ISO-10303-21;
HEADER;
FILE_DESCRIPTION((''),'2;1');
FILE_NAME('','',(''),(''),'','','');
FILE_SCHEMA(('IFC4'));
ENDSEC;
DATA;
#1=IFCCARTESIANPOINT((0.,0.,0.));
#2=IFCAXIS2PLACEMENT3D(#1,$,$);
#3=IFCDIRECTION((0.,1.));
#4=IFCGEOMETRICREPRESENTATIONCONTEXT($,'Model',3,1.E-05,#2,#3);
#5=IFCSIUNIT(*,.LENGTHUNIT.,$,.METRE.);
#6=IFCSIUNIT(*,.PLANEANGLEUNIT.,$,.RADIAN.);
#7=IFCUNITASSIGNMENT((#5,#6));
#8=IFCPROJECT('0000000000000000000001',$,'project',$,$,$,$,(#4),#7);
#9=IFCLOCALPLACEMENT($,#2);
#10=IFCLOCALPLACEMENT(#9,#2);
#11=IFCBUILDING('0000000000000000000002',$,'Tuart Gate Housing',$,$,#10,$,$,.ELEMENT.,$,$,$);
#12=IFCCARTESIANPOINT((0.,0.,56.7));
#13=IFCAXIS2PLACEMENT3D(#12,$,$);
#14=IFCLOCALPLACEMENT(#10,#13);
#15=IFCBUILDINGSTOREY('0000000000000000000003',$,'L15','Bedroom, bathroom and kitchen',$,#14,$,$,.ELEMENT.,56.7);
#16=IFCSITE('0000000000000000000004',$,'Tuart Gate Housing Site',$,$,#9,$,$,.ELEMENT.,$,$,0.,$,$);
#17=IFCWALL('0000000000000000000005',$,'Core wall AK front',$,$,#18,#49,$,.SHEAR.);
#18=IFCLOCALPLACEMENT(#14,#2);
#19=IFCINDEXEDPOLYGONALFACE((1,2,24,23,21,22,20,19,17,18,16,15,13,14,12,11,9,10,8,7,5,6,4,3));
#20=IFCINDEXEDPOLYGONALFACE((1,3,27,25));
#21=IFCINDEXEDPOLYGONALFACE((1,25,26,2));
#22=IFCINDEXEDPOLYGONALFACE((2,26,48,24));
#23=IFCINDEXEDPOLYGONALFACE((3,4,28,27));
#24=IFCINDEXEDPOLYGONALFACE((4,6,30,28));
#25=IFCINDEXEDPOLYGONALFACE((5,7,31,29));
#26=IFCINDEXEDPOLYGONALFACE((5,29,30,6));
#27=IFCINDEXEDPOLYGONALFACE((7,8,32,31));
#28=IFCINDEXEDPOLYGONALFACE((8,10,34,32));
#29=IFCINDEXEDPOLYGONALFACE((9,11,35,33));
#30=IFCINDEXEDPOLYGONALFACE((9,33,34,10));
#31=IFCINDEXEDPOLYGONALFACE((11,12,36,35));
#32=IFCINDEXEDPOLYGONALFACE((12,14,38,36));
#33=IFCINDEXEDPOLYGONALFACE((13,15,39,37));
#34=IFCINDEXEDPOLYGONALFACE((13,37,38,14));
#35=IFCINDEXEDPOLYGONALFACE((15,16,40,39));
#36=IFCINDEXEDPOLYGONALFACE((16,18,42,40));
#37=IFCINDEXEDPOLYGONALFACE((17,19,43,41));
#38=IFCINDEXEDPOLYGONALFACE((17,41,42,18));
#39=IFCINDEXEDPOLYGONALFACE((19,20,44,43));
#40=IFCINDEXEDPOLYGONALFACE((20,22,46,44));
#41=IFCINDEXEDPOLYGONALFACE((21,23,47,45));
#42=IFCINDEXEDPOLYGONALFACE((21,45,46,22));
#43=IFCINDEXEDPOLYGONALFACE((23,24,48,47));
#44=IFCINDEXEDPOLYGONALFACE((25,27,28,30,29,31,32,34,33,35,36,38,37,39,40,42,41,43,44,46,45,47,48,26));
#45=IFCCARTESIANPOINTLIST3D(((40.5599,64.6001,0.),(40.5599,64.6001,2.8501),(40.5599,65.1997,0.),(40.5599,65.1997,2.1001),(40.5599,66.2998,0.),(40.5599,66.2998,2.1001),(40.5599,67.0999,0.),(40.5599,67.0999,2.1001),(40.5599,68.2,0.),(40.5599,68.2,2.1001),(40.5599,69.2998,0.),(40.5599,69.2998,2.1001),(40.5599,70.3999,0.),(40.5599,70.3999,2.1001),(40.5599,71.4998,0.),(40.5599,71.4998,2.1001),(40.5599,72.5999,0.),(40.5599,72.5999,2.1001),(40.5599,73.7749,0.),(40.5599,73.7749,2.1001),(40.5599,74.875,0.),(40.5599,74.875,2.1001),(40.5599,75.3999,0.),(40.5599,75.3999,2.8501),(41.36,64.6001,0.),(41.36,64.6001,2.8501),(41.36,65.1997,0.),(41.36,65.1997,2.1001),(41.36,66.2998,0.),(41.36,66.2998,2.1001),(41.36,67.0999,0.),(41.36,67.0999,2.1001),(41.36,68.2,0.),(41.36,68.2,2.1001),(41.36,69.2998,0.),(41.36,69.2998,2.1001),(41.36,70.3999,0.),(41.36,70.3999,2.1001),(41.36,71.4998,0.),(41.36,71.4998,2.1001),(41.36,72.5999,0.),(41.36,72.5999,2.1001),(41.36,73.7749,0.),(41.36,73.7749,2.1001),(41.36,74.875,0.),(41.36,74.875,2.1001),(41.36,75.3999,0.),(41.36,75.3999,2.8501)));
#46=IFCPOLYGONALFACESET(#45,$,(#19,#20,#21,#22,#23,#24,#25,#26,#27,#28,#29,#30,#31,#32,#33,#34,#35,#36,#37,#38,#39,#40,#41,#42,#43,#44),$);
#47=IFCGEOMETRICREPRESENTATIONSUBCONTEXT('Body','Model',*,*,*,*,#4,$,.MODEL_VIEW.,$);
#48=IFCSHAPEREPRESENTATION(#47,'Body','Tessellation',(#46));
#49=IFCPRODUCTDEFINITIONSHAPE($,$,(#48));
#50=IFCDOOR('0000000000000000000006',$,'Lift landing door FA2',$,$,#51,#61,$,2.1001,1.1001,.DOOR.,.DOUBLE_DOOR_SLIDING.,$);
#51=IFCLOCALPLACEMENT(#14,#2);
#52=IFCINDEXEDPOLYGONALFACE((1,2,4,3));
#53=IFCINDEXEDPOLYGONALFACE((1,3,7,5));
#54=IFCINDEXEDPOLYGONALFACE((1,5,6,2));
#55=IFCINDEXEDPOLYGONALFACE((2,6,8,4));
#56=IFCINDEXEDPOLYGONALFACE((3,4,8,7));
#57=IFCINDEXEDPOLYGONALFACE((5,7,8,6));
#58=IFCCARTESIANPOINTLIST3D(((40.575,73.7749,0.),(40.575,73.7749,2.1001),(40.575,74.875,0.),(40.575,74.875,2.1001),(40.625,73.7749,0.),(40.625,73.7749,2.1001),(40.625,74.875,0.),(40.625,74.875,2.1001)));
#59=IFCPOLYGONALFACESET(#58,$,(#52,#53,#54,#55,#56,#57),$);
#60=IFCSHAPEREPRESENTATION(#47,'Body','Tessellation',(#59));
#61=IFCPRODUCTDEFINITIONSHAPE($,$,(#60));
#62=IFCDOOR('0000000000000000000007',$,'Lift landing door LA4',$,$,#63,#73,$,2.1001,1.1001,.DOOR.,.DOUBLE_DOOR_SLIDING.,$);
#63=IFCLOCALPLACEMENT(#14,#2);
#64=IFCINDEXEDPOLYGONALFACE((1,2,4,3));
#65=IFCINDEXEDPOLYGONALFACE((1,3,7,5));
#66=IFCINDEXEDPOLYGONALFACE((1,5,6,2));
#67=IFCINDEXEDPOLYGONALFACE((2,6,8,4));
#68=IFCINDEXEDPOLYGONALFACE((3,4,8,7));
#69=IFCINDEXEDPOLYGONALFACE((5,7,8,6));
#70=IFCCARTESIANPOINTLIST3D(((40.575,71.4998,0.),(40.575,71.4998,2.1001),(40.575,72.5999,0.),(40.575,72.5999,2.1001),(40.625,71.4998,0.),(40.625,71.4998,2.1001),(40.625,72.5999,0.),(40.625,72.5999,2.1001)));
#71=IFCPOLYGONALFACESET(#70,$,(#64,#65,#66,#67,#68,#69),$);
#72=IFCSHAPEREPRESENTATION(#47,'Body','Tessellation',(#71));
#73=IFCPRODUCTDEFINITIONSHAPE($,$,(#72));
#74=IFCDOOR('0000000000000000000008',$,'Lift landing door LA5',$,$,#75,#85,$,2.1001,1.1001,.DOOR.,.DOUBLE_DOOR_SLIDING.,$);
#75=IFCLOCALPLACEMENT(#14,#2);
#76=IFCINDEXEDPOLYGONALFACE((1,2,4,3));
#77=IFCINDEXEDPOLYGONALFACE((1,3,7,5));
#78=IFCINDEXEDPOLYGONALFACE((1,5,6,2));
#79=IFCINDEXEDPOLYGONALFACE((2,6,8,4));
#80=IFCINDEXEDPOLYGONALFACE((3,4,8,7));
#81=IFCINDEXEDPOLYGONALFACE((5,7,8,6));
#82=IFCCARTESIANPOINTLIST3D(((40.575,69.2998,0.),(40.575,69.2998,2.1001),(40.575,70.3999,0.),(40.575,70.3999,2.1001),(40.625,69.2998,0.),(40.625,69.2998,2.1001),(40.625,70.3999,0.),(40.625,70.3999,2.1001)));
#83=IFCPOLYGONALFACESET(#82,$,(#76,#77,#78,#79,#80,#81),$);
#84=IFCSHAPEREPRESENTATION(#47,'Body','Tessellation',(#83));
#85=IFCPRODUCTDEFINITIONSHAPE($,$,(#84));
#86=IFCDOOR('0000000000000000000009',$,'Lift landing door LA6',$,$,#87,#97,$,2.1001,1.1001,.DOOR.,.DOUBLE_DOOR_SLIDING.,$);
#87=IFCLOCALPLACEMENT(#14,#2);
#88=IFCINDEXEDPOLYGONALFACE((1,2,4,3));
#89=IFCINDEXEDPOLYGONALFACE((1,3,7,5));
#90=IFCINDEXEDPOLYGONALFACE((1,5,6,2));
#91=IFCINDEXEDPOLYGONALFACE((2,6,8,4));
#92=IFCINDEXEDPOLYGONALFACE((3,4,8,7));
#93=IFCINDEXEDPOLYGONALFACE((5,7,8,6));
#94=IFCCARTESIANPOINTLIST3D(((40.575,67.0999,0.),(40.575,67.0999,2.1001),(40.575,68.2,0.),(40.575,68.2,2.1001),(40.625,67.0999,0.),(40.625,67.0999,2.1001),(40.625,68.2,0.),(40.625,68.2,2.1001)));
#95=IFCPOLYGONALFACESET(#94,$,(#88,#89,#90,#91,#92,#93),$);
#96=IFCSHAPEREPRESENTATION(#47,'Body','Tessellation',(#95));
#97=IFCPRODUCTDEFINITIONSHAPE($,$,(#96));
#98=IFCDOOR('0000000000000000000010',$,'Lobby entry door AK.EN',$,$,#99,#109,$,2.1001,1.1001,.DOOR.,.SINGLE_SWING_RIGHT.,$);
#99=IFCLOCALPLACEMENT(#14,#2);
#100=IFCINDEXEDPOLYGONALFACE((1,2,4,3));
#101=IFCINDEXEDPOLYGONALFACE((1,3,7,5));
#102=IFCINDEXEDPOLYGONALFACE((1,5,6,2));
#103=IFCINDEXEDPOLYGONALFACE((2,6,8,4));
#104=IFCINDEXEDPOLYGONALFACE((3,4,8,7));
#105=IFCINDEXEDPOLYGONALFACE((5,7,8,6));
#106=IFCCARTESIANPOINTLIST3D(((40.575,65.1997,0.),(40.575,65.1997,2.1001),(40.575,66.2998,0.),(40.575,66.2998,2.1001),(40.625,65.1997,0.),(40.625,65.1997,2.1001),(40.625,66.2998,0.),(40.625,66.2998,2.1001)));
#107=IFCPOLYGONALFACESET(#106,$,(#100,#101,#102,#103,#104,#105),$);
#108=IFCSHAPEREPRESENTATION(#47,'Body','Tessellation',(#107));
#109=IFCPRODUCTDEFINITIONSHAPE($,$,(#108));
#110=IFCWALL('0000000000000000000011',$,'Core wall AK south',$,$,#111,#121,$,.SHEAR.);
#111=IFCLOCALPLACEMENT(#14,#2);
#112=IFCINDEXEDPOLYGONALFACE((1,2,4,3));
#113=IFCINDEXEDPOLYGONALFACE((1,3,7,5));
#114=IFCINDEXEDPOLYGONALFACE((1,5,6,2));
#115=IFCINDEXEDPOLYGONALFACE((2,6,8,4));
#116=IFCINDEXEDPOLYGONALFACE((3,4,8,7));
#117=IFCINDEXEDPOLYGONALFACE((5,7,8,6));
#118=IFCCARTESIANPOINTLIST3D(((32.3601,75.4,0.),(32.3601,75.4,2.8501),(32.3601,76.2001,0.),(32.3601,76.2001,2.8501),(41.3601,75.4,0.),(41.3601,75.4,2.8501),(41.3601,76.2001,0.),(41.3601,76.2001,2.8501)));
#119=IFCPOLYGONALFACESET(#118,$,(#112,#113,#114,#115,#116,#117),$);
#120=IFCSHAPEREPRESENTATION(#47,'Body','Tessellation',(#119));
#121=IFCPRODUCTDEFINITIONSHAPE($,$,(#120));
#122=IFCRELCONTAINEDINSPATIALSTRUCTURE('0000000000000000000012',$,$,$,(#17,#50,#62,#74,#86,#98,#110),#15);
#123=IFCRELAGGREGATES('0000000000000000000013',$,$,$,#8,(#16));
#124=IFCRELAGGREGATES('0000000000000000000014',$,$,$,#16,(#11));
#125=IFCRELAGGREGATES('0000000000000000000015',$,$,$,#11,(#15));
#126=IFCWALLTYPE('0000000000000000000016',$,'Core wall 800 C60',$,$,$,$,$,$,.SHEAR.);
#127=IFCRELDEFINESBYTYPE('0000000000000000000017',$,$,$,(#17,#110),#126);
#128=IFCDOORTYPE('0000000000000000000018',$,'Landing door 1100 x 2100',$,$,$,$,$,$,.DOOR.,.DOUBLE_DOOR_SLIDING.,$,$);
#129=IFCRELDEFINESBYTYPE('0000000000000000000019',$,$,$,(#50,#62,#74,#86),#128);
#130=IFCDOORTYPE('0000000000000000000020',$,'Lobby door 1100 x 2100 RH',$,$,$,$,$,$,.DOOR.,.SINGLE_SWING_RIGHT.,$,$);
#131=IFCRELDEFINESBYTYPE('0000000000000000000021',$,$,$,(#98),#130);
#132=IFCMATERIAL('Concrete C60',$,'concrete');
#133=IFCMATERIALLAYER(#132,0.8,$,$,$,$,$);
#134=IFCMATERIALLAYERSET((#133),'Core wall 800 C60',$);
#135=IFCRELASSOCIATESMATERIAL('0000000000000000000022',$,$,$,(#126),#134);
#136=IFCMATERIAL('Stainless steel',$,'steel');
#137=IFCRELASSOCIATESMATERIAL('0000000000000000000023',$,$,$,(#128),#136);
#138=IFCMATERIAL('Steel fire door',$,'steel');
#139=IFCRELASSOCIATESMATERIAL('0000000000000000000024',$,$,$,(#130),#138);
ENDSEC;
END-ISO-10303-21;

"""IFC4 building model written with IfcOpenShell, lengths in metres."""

from ifc_helpers import new_model, si_unit, direction, frame, frame_2d, origin, place, context, subcontext, project, spatial, rectangle, extrude, material, layer, layer_set, type_object, element, fill, save


model = new_model("IFC4")

# Units and contexts
model_context = context("Model", 3, precision=1e-05, world=origin(), true_north=direction((0.0, 1.0)))
body_context = subcontext(model_context, "Body", "Model", "MODEL_VIEW")
ifc_project = project(units=[si_unit("LENGTHUNIT", "METRE"), si_unit("PLANEANGLEUNIT", "RADIAN")], contexts=[model_context])

# Site, building, storey
site_placement = place(None, origin())
site = spatial("IfcSite", under=ifc_project, at=site_placement, Name="Tuart Gate Housing Site", CompositionType="ELEMENT", RefElevation=0.0)
building_placement = place(site_placement, origin())
building = spatial("IfcBuilding", under=site, at=building_placement, Name="Tuart Gate Housing", CompositionType="ELEMENT")
storey_placement = place(building_placement, frame((0.0, 0.0, 56.7)))
storey = spatial("IfcBuildingStorey", under=building, at=storey_placement, Name="L15", Description="Bedroom, bathroom and kitchen", CompositionType="ELEMENT", Elevation=56.7)

# Wall, openings, doors
ifc_material_1 = material(Name="Concrete C60", Category="concrete")
ifc_layer_1 = layer(ifc_material_1, 0.8)
ifc_layer_set_1 = layer_set([ifc_layer_1], Name="Core wall 800 C60")
wall_type_1 = type_object("IfcWallType", Name="Core wall 800 C60", PredefinedType="SHEAR", material=ifc_layer_set_1)
wall_1_placement = place(storey_placement, frame((40.96, 75.3999, 0.0), z_axis=(0.0, 0.0, 1.0), x_axis=(0.0, -1.0, 0.0)))
wall_1 = element("IfcWall", 1, at=wall_1_placement, inside=storey, type_object=wall_type_1, Name="Core wall AK front", PredefinedType="SHEAR", context=body_context, shape_type="SweptSolid", body=[
    extrude(rectangle(XDim=10.7998, YDim=0.8, at=frame_2d((5.3999, 0.0))), origin(), (0.0, 0.0, 1.0), 2.8501),
])
opening_1_placement = place(wall_1_placement, frame((0.5249, 0.0, 0.0)))
opening_1 = element("IfcOpeningElement", 2, at=opening_1_placement, cuts=wall_1, PredefinedType="OPENING", context=body_context, shape_type="SweptSolid", body=[
    extrude(rectangle(XDim=1.1001, YDim=2.1001, at=frame_2d((0.55, 1.05))), frame((0.0, 0.4099, 0.0), z_axis=(0.0, -1.0, 0.0), x_axis=(1.0, 0.0, 0.0)), (0.0, 0.0, 1.0), 0.8201),
])
opening_2_placement = place(wall_1_placement, frame((2.8, 0.0, 0.0)))
opening_2 = element("IfcOpeningElement", 3, at=opening_2_placement, cuts=wall_1, PredefinedType="OPENING", context=body_context, shape_type="SweptSolid", body=[
    extrude(rectangle(XDim=1.1001, YDim=2.1001, at=frame_2d((0.55, 1.05))), frame((0.0, 0.4099, 0.0), z_axis=(0.0, -1.0, 0.0), x_axis=(1.0, 0.0, 0.0)), (0.0, 0.0, 1.0), 0.8201),
])
opening_3_placement = place(wall_1_placement, frame((5.0, 0.0, 0.0)))
opening_3 = element("IfcOpeningElement", 4, at=opening_3_placement, cuts=wall_1, PredefinedType="OPENING", context=body_context, shape_type="SweptSolid", body=[
    extrude(rectangle(XDim=1.1001, YDim=2.1001, at=frame_2d((0.55, 1.05))), frame((0.0, 0.4099, 0.0), z_axis=(0.0, -1.0, 0.0), x_axis=(1.0, 0.0, 0.0)), (0.0, 0.0, 1.0), 0.8201),
])
opening_4_placement = place(wall_1_placement, frame((7.2, 0.0, 0.0)))
opening_4 = element("IfcOpeningElement", 5, at=opening_4_placement, cuts=wall_1, PredefinedType="OPENING", context=body_context, shape_type="SweptSolid", body=[
    extrude(rectangle(XDim=1.1001, YDim=2.1001, at=frame_2d((0.55, 1.05))), frame((0.0, 0.4099, 0.0), z_axis=(0.0, -1.0, 0.0), x_axis=(1.0, 0.0, 0.0)), (0.0, 0.0, 1.0), 0.8201),
])
opening_5_placement = place(wall_1_placement, frame((9.1001, 0.0, 0.0)))
opening_5 = element("IfcOpeningElement", 6, at=opening_5_placement, cuts=wall_1, PredefinedType="OPENING", context=body_context, shape_type="SweptSolid", body=[
    extrude(rectangle(XDim=1.1001, YDim=2.1001, at=frame_2d((0.55, 1.05))), frame((0.0, 0.4099, 0.0), z_axis=(0.0, -1.0, 0.0), x_axis=(1.0, 0.0, 0.0)), (0.0, 0.0, 1.0), 0.8201),
])
ifc_material_2 = material(Name="Stainless steel", Category="steel")
door_type_1 = type_object("IfcDoorType", Name="Landing door 1100 x 2100", OperationType="DOUBLE_DOOR_SLIDING", PredefinedType="DOOR", material=ifc_material_2)
door_1_placement = place(opening_1_placement, origin())
door_1 = element("IfcDoor", 7, at=door_1_placement, inside=storey, type_object=door_type_1, Name="Lift landing door FA2", OperationType="DOUBLE_DOOR_SLIDING", OverallHeight=2.1001, OverallWidth=1.1001, PredefinedType="DOOR", context=body_context, shape_type="SweptSolid", body=[
    extrude(rectangle(XDim=1.1001, YDim=2.1001, at=frame_2d((0.55, 1.05))), frame((0.0, -0.335, 0.0), z_axis=(0.0, -1.0, 0.0), x_axis=(1.0, 0.0, 0.0)), (0.0, 0.0, 1.0), 0.05),
])
fill(opening_1, door_1)
door_2_placement = place(opening_2_placement, origin())
door_2 = element("IfcDoor", 8, at=door_2_placement, inside=storey, type_object=door_type_1, Name="Lift landing door LA4", OperationType="DOUBLE_DOOR_SLIDING", OverallHeight=2.1001, OverallWidth=1.1001, PredefinedType="DOOR", context=body_context, shape_type="SweptSolid", body=[
    extrude(rectangle(XDim=1.1001, YDim=2.1001, at=frame_2d((0.55, 1.05))), frame((0.0, -0.335, 0.0), z_axis=(0.0, -1.0, 0.0), x_axis=(1.0, 0.0, 0.0)), (0.0, 0.0, 1.0), 0.05),
])
fill(opening_2, door_2)
door_3_placement = place(opening_3_placement, origin())
door_3 = element("IfcDoor", 9, at=door_3_placement, inside=storey, type_object=door_type_1, Name="Lift landing door LA5", OperationType="DOUBLE_DOOR_SLIDING", OverallHeight=2.1001, OverallWidth=1.1001, PredefinedType="DOOR", context=body_context, shape_type="SweptSolid", body=[
    extrude(rectangle(XDim=1.1001, YDim=2.1001, at=frame_2d((0.55, 1.05))), frame((0.0, -0.335, 0.0), z_axis=(0.0, -1.0, 0.0), x_axis=(1.0, 0.0, 0.0)), (0.0, 0.0, 1.0), 0.05),
])
fill(opening_3, door_3)
door_4_placement = place(opening_4_placement, origin())
door_4 = element("IfcDoor", 10, at=door_4_placement, inside=storey, type_object=door_type_1, Name="Lift landing door LA6", OperationType="DOUBLE_DOOR_SLIDING", OverallHeight=2.1001, OverallWidth=1.1001, PredefinedType="DOOR", context=body_context, shape_type="SweptSolid", body=[
    extrude(rectangle(XDim=1.1001, YDim=2.1001, at=frame_2d((0.55, 1.05))), frame((0.0, -0.335, 0.0), z_axis=(0.0, -1.0, 0.0), x_axis=(1.0, 0.0, 0.0)), (0.0, 0.0, 1.0), 0.05),
])
fill(opening_4, door_4)
ifc_material_3 = material(Name="Steel fire door", Category="steel")
door_type_2 = type_object("IfcDoorType", Name="Lobby door 1100 x 2100 RH", OperationType="SINGLE_SWING_RIGHT", PredefinedType="DOOR", material=ifc_material_3)
door_5_placement = place(opening_5_placement, frame((1.1001, 0.0, 0.0), z_axis=(0.0, 0.0, 1.0), x_axis=(-1.0, 0.0, 0.0)))
door_5 = element("IfcDoor", 11, at=door_5_placement, inside=storey, type_object=door_type_2, Name="Lobby entry door AK.EN", OperationType="SINGLE_SWING_RIGHT", OverallHeight=2.1001, OverallWidth=1.1001, PredefinedType="DOOR", context=body_context, shape_type="SweptSolid", body=[
    extrude(rectangle(XDim=1.1001, YDim=2.1001, at=frame_2d((0.55, 1.05))), frame((0.0, 0.385, 0.0), z_axis=(0.0, -1.0, 0.0), x_axis=(1.0, 0.0, 0.0)), (0.0, 0.0, 1.0), 0.05),
])
fill(opening_5, door_5)

# Wall
wall_2_placement = place(storey_placement, frame((41.3601, 75.8, 0.0), z_axis=(0.0, 0.0, 1.0), x_axis=(-1.0, 0.0, 0.0)))
element("IfcWall", 12, at=wall_2_placement, inside=storey, type_object=wall_type_1, Name="Core wall AK south", PredefinedType="SHEAR", context=body_context, shape_type="SweptSolid", body=[
    extrude(rectangle(XDim=9.0, YDim=0.8, at=frame_2d((4.5, 0.0))), origin(), (0.0, 0.0, 1.0), 2.8501),
])

save(model, "model.ifc")
